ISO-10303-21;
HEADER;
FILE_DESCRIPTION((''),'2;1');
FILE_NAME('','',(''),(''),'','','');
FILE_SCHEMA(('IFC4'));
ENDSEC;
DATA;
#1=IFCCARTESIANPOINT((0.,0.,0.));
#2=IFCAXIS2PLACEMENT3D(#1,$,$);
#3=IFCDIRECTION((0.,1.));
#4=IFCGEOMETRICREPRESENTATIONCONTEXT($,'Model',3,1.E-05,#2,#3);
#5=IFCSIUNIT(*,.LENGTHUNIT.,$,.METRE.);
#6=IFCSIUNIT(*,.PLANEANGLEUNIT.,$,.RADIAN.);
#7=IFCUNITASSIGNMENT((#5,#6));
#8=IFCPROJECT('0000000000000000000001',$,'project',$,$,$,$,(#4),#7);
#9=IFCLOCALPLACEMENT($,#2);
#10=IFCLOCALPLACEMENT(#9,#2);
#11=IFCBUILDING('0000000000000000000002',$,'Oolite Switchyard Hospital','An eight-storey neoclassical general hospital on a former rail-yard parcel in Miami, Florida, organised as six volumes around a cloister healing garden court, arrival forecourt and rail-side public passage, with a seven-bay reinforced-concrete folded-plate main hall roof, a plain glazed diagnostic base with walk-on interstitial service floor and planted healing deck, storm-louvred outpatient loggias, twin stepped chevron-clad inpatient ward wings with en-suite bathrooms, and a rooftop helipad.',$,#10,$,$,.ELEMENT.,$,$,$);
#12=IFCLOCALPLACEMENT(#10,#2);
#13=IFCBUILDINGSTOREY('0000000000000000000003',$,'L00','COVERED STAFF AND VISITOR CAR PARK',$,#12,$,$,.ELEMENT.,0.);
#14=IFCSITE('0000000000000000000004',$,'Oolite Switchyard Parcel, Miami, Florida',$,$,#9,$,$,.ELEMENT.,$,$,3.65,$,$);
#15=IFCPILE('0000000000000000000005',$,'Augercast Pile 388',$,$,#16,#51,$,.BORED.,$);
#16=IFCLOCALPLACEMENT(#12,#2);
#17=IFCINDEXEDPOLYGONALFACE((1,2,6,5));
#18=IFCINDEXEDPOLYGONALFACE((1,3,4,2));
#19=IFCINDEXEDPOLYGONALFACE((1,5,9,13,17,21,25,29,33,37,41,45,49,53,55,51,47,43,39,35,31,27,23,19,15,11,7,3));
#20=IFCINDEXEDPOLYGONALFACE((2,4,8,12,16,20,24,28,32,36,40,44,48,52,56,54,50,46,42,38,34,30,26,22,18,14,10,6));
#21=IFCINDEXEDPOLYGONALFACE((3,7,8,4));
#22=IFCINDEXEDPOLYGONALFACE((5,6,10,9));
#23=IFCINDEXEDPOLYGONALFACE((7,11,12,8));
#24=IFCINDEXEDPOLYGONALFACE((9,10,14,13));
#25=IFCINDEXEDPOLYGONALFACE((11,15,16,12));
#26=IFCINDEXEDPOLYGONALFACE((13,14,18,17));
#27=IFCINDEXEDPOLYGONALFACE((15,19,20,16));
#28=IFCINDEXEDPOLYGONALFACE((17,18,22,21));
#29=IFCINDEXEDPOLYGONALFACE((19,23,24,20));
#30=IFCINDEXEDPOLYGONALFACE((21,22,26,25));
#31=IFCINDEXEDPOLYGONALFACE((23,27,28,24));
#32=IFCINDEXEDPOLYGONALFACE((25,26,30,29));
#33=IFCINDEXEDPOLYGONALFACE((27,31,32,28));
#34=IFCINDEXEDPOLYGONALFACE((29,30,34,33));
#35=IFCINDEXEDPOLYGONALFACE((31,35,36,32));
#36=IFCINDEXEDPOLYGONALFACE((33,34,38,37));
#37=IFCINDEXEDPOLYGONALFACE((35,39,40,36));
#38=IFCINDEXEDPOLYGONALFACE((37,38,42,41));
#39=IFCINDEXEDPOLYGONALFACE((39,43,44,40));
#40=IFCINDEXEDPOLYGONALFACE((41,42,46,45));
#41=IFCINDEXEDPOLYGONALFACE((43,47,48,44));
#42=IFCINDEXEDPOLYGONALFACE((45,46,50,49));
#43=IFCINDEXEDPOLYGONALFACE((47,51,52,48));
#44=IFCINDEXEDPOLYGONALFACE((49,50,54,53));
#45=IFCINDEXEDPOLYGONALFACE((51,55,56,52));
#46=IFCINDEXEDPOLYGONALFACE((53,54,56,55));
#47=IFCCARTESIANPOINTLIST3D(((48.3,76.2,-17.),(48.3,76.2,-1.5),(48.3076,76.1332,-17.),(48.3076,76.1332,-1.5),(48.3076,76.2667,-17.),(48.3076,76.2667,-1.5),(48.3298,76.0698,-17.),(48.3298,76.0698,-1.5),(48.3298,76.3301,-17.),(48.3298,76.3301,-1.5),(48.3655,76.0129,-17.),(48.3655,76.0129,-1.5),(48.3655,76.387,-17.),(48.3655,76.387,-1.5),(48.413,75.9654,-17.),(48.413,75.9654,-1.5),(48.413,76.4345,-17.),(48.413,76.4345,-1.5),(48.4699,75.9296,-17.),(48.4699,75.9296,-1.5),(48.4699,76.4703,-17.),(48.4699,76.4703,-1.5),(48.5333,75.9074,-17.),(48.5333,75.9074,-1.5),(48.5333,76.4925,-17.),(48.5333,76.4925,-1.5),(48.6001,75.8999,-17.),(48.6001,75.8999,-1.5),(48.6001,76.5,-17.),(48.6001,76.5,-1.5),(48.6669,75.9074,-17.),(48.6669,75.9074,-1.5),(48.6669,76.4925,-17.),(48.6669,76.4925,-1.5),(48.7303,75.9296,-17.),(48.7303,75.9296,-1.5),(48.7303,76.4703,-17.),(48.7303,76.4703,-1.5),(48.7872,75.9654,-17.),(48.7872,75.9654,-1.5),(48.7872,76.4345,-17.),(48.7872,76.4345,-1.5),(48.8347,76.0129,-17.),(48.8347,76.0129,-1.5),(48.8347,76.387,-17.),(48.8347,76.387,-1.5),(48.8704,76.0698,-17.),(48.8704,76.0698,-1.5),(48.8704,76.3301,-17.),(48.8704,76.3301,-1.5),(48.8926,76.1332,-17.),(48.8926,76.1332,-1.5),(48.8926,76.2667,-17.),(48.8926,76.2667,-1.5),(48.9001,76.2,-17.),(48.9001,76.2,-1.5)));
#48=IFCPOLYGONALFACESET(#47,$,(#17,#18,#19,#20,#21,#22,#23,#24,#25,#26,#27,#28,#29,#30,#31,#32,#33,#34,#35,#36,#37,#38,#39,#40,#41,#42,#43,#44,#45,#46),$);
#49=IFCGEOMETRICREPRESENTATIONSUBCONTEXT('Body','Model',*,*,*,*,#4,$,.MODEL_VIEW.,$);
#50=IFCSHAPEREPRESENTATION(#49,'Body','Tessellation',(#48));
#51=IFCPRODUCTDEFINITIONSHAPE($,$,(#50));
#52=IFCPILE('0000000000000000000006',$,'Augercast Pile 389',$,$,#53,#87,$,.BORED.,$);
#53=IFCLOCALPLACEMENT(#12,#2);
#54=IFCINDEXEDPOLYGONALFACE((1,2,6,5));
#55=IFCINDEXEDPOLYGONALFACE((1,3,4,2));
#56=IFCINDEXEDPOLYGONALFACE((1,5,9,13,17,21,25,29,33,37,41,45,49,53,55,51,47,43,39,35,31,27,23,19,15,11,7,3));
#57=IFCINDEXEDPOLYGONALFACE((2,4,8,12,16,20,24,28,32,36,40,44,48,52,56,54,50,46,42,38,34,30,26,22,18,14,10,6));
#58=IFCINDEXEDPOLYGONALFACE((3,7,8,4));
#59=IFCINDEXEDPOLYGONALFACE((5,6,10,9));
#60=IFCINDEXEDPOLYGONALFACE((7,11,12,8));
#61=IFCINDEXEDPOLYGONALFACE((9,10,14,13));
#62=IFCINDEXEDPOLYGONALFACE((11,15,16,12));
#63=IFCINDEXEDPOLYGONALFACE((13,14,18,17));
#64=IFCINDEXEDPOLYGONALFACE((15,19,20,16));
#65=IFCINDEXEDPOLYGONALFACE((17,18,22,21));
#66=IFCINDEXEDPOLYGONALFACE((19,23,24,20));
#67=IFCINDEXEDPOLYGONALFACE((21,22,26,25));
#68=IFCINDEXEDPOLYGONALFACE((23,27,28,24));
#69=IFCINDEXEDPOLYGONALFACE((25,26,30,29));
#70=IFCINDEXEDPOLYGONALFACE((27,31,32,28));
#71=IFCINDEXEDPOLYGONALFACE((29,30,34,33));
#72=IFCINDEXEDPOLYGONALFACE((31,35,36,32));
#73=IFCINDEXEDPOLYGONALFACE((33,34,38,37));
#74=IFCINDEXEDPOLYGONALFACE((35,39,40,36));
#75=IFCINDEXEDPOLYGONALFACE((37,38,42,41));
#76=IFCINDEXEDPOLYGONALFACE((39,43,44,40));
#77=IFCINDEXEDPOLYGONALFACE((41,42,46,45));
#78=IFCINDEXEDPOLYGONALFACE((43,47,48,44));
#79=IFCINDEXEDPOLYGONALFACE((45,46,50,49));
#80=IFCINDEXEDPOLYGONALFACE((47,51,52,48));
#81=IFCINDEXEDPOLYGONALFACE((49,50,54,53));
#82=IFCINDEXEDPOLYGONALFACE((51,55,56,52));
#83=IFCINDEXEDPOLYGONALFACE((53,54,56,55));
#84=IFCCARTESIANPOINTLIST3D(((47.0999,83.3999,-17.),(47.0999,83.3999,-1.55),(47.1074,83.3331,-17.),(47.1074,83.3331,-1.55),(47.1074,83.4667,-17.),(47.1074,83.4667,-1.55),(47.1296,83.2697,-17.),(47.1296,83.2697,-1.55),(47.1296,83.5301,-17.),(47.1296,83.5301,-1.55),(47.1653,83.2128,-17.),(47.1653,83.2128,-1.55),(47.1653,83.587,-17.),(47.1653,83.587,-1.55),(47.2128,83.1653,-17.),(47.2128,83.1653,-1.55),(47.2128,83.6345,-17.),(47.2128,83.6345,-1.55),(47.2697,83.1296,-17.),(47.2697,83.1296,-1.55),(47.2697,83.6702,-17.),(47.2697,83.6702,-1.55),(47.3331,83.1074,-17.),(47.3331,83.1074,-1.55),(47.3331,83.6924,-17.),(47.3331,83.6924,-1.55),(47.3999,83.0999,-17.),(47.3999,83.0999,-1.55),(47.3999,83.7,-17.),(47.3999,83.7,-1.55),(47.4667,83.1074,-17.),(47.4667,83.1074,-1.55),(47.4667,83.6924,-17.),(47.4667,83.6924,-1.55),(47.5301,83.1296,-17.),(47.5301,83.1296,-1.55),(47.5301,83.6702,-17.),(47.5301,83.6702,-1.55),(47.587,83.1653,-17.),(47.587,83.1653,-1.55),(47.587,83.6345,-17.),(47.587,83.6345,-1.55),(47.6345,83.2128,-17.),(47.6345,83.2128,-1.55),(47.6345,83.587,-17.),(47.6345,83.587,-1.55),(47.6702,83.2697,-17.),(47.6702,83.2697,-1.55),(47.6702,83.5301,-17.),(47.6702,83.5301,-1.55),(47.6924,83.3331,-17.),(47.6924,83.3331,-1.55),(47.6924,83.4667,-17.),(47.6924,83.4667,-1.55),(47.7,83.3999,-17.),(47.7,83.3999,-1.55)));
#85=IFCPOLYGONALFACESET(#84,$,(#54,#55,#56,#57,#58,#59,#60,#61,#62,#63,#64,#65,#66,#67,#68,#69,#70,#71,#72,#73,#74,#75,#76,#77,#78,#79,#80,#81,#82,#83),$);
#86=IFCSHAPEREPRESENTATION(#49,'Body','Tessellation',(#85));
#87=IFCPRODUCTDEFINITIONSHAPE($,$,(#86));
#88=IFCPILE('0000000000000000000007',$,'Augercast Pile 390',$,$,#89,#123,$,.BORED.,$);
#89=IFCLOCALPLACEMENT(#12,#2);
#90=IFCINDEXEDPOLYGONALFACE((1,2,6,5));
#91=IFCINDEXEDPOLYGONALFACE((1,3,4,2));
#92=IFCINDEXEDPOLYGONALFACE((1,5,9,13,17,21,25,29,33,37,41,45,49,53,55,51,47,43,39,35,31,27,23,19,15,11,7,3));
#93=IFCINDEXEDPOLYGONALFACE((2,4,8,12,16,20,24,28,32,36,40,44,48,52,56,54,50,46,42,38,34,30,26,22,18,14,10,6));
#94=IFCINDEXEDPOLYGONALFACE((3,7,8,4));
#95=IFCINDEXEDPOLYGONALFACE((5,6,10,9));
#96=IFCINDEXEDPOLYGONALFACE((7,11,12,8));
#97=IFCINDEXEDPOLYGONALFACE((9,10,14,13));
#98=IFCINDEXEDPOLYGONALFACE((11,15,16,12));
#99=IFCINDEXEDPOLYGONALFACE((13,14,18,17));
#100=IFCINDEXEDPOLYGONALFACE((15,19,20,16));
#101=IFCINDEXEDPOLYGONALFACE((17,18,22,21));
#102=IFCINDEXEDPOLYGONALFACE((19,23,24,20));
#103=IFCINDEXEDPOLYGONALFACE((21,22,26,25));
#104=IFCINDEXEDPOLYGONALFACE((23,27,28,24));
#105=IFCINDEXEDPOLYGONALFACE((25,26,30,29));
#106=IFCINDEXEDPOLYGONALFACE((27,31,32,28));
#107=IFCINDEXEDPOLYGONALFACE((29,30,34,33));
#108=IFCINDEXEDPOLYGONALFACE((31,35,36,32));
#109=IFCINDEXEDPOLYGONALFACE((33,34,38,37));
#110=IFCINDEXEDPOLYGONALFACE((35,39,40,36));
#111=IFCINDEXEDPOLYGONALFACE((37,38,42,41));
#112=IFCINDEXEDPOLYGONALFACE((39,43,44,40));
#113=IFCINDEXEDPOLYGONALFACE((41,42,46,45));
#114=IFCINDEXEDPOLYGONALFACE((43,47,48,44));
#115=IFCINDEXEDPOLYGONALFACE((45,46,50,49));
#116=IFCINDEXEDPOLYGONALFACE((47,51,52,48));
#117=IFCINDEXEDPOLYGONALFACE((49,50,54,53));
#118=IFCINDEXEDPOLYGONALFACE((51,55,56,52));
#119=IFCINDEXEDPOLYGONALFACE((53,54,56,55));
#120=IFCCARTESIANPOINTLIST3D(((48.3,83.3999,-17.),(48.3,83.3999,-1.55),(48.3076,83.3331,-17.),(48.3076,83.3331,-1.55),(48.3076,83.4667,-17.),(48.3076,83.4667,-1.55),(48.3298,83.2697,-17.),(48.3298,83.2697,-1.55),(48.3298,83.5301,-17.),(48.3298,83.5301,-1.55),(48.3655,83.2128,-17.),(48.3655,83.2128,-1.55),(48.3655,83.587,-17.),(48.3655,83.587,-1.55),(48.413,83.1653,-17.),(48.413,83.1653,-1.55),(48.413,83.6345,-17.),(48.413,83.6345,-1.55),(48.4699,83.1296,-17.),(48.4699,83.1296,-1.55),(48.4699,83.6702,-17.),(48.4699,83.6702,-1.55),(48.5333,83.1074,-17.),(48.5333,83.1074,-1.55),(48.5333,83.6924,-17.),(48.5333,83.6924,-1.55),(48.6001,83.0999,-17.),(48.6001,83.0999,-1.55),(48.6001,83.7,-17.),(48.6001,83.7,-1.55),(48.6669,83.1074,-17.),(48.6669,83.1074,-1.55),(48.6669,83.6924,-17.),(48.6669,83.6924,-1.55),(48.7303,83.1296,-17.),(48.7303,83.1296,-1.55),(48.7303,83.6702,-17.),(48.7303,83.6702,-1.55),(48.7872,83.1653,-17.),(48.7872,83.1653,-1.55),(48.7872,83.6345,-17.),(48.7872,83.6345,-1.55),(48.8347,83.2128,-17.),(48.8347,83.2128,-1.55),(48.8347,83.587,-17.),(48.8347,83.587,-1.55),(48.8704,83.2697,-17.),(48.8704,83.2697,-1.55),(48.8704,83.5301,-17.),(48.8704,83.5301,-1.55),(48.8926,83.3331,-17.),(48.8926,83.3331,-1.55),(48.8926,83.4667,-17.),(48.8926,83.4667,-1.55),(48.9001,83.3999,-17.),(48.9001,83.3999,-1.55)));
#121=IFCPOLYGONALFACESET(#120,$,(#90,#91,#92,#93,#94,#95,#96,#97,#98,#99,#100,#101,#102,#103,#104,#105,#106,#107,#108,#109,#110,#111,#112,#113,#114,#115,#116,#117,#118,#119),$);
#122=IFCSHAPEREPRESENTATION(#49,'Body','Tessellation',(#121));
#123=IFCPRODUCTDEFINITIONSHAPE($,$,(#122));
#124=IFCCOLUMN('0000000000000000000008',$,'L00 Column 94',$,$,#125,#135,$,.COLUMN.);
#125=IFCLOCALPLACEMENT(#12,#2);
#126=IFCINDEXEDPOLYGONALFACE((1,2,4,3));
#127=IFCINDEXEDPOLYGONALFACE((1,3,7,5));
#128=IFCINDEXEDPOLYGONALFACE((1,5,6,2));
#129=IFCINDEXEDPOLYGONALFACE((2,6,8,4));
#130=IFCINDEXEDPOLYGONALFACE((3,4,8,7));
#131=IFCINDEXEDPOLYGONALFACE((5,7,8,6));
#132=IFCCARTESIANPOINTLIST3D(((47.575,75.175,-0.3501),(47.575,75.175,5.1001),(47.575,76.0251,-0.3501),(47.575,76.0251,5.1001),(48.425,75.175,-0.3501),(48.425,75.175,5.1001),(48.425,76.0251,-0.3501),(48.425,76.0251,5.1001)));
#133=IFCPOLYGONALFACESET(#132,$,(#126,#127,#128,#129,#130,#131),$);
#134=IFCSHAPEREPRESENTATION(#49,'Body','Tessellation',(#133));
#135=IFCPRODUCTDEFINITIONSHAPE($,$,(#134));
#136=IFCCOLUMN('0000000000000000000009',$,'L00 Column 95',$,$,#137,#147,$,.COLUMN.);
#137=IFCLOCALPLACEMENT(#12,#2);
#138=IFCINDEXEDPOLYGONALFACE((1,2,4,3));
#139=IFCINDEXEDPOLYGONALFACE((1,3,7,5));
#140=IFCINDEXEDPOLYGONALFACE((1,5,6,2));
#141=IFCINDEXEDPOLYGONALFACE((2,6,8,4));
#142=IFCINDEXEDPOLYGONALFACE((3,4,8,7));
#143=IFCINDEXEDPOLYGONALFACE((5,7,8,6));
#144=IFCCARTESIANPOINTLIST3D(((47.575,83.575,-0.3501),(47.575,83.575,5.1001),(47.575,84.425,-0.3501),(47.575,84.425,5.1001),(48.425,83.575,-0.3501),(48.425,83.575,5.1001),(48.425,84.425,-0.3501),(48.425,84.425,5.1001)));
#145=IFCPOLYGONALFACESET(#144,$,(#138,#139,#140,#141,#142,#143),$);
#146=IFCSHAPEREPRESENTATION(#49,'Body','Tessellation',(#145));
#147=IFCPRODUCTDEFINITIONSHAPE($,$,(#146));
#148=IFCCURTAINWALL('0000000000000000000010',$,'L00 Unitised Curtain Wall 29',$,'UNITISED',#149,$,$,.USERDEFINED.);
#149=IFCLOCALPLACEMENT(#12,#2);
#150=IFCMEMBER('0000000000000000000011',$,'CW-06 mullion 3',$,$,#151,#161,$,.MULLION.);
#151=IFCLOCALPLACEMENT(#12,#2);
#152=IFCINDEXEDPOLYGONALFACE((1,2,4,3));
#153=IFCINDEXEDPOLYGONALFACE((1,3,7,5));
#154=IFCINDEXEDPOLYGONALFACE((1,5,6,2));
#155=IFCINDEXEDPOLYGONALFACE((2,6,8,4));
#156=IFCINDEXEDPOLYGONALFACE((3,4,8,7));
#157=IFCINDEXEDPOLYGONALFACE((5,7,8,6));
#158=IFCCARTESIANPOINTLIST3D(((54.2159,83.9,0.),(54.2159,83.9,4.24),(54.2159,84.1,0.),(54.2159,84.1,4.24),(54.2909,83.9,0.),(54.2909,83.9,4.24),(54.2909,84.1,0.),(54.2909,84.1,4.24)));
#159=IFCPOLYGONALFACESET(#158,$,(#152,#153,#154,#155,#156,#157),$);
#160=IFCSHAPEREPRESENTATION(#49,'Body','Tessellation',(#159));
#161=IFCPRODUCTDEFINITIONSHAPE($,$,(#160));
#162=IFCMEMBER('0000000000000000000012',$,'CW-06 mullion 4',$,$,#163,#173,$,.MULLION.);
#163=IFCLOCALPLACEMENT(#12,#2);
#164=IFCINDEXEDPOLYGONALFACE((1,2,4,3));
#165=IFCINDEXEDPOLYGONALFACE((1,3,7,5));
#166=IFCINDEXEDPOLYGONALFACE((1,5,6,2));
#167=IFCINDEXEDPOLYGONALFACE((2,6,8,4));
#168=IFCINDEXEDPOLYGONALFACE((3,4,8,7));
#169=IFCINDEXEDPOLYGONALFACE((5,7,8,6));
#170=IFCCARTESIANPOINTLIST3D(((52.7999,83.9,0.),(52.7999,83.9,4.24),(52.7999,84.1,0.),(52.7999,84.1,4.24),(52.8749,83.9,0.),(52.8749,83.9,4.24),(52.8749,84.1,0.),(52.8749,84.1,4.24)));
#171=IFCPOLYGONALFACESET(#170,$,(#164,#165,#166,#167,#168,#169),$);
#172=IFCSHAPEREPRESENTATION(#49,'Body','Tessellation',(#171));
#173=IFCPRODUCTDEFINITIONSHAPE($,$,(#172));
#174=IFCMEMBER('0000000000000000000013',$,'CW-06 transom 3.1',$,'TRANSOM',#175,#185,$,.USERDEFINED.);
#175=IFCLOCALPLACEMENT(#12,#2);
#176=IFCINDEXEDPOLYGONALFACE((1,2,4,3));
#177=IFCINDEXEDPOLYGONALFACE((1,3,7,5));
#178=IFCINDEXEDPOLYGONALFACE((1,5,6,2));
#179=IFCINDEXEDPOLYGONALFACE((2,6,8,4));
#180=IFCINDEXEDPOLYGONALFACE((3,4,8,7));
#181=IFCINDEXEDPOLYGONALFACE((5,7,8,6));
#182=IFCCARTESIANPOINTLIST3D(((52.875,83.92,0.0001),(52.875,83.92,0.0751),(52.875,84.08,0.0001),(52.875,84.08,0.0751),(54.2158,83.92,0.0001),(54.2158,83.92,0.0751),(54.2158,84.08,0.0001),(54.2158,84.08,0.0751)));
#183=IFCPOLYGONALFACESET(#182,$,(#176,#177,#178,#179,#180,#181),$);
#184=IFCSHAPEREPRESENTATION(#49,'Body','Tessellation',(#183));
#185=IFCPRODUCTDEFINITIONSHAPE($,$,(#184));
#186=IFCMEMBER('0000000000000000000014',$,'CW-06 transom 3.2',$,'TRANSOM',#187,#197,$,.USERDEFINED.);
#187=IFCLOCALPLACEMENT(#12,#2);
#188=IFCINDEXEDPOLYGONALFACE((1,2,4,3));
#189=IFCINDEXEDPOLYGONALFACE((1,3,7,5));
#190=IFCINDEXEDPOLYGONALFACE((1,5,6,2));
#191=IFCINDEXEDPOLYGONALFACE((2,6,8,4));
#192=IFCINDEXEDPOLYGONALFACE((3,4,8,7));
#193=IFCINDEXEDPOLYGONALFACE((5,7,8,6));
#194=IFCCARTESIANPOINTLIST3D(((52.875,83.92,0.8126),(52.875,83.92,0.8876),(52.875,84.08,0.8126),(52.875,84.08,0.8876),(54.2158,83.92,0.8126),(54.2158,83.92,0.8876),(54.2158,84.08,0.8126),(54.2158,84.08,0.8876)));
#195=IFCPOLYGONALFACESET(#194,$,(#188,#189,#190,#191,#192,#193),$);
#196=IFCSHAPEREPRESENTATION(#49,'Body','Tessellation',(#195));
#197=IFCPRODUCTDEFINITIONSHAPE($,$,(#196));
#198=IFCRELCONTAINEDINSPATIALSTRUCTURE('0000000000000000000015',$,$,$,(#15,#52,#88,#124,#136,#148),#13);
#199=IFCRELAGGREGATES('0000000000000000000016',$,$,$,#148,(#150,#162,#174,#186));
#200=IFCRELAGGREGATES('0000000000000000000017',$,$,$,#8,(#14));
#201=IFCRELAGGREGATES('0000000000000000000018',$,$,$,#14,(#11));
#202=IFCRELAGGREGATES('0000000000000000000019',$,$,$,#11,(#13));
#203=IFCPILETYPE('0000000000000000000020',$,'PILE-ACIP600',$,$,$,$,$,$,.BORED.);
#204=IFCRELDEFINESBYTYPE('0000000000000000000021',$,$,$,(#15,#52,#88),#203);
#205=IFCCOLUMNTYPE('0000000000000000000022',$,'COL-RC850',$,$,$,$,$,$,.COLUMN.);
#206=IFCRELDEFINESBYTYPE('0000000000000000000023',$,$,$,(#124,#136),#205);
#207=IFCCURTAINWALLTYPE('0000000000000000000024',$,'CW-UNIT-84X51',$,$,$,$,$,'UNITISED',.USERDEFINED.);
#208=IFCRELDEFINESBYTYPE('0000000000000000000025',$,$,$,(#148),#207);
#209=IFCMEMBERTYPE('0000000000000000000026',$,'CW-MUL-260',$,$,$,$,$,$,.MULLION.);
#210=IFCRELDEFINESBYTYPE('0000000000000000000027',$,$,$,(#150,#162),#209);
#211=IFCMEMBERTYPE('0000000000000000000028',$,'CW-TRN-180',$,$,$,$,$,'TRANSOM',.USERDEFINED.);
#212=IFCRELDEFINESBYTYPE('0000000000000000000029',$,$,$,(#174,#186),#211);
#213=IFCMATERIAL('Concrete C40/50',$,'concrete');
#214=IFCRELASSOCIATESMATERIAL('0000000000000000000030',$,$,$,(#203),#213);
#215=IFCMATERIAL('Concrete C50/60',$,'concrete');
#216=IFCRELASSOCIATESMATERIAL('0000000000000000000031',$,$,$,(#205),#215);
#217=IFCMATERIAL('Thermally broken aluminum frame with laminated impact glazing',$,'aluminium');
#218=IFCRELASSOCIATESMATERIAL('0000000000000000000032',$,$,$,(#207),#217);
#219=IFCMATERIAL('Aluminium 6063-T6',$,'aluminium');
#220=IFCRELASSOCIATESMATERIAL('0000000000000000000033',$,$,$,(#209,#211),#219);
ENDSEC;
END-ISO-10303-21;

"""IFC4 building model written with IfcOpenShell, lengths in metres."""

from ifc_helpers import new_model, si_unit, direction, frame, origin, origin_2d, place, context, subcontext, project, spatial, rectangle, circle, extrude, material, material_profile, profile_set, type_object, element, aggregate, save


model = new_model("IFC4")

# Units and contexts
model_context = context("Model", 3, precision=1e-05, world=origin(), true_north=direction((0.0, 1.0)))
body_context = subcontext(model_context, "Body", "Model", "MODEL_VIEW")
ifc_project = project(units=[si_unit("LENGTHUNIT", "METRE"), si_unit("PLANEANGLEUNIT", "RADIAN")], contexts=[model_context])

# Site, building, storey
site_placement = place(None, origin())
site = spatial("IfcSite", under=ifc_project, at=site_placement, Name="Oolite Switchyard Parcel, Miami, Florida", CompositionType="ELEMENT", RefElevation=3.65)
building_placement = place(site_placement, origin())
building = spatial("IfcBuilding", under=site, at=building_placement, Name="Oolite Switchyard Hospital", Description="An eight-storey neoclassical general hospital on a former rail-yard parcel in Miami, Florida, organised as six volumes around a cloister healing garden court, arrival forecourt and rail-side public passage, with a seven-bay reinforced-concrete folded-plate main hall roof, a plain glazed diagnostic base with walk-on interstitial service floor and planted healing deck, storm-louvred outpatient loggias, twin stepped chevron-clad inpatient ward wings with en-suite bathrooms, and a rooftop helipad.", CompositionType="ELEMENT")
storey_placement = place(building_placement, origin())
storey = spatial("IfcBuildingStorey", under=building, at=storey_placement, Name="L00", Description="COVERED STAFF AND VISITOR CAR PARK", CompositionType="ELEMENT", Elevation=0.0)

# Shared definitions
ifc_material_1 = material(Name="Concrete C40/50", Category="concrete")

# Piles
ifc_material_profile_1 = material_profile(ifc_material_1, circle(Radius=0.3, at=origin_2d()), Name="PILE600")
ifc_profile_set_1 = profile_set([ifc_material_profile_1], Name="Concrete C40/50")
pile_type = type_object("IfcPileType", Name="PILE-ACIP600", PredefinedType="BORED", material=ifc_profile_set_1)
for number, where, z_axis, x_axis, name in (
    (1, (48.6001, 76.2, -1.5), (0.0, 0.0, -1.0), (1.0, 0.0, 0.0), "Augercast Pile 388"),
):
    element("IfcPile", number, at=place(storey_placement, frame(where, z_axis=z_axis, x_axis=x_axis)), inside=storey, type_object=pile_type, Name=name, PredefinedType="BORED", context=body_context, shape_type="SweptSolid", body=[
        extrude(circle(Radius=0.3, at=origin_2d()), origin(), (0.0, 0.0, 1.0), 15.5),
    ])
for number, where, z_axis, x_axis, name in (
    (2, (47.3999, 83.3999, -1.55), (0.0, 0.0, -1.0), (1.0, 0.0, 0.0), "Augercast Pile 389"),
    (3, (48.6001, 83.3999, -1.55), (0.0, 0.0, -1.0), (1.0, 0.0, 0.0), "Augercast Pile 390"),
):
    element("IfcPile", number, at=place(storey_placement, frame(where, z_axis=z_axis, x_axis=x_axis)), inside=storey, type_object=pile_type, Name=name, PredefinedType="BORED", context=body_context, shape_type="SweptSolid", body=[
        extrude(circle(Radius=0.3, at=origin_2d()), origin(), (0.0, 0.0, 1.0), 15.45),
    ])

# Columns
ifc_material_2 = material(Name="Concrete C50/60", Category="concrete")
ifc_material_profile_2 = material_profile(ifc_material_2, rectangle(XDim=0.8501, YDim=0.8501, at=origin_2d()), Name="RC850X850")
ifc_profile_set_2 = profile_set([ifc_material_profile_2], Name="Concrete C50/60")
column_type = type_object("IfcColumnType", Name="COL-RC850", PredefinedType="COLUMN", material=ifc_profile_set_2)
for number, where, z_axis, x_axis, name in (
    (4, (48.0, 75.6001, -0.3501), (0.0, 0.0, 1.0), (1.0, 0.0, 0.0), "L00 Column 94"),
    (5, (48.0, 84.0, -0.3501), (0.0, 0.0, 1.0), (1.0, 0.0, 0.0), "L00 Column 95"),
):
    element("IfcColumn", number, at=place(storey_placement, frame(where, z_axis=z_axis, x_axis=x_axis)), inside=storey, type_object=column_type, Name=name, PredefinedType="COLUMN", context=body_context, shape_type="SweptSolid", body=[
        extrude(rectangle(XDim=0.8501, YDim=0.8501, at=origin_2d()), origin(), (0.0, 0.0, 1.0), 5.4502),
    ])

# Curtain wall, members
ifc_material_3 = material(Name="Thermally broken aluminum frame with laminated impact glazing", Category="aluminium")
curtain_wall_type = type_object("IfcCurtainWallType", Name="CW-UNIT-84X51", ElementType="UNITISED", PredefinedType="USERDEFINED", material=ifc_material_3)
curtain_wall_placement = place(storey_placement, origin())
curtain_wall = element("IfcCurtainWall", 6, at=curtain_wall_placement, inside=storey, type_object=curtain_wall_type, Name="L00 Unitised Curtain Wall 29", ObjectType="UNITISED", PredefinedType="USERDEFINED")
ifc_material_4 = material(Name="Aluminium 6063-T6", Category="aluminium")
ifc_material_profile_3 = material_profile(ifc_material_4, rectangle(XDim=0.2, YDim=0.075, at=origin_2d()), Name="CWM75X200")
ifc_profile_set_3 = profile_set([ifc_material_profile_3], Name="Aluminium 6063-T6")
member_type_1 = type_object("IfcMemberType", Name="CW-MUL-260", PredefinedType="MULLION", material=ifc_profile_set_3)
member_1_placement = place(storey_placement, frame((54.2534, 84.0, 0.0), z_axis=(0.0, 0.0, 1.0), x_axis=(0.0, -1.0, 0.0)))
member_1 = element("IfcMember", 7, at=member_1_placement, type_object=member_type_1, Name="CW-06 mullion 3", PredefinedType="MULLION", context=body_context, shape_type="SweptSolid", body=[
    extrude(rectangle(XDim=0.2, YDim=0.075, at=origin_2d()), origin(), (0.0, 0.0, 1.0), 4.24),
])
member_2_placement = place(storey_placement, frame((52.8374, 84.0, 0.0), z_axis=(0.0, 0.0, 1.0), x_axis=(0.0, -1.0, 0.0)))
member_2 = element("IfcMember", 8, at=member_2_placement, type_object=member_type_1, Name="CW-06 mullion 4", PredefinedType="MULLION", context=body_context, shape_type="SweptSolid", body=[
    extrude(rectangle(XDim=0.2, YDim=0.075, at=origin_2d()), origin(), (0.0, 0.0, 1.0), 4.24),
])
ifc_material_profile_4 = material_profile(ifc_material_4, rectangle(XDim=0.1599, YDim=0.075, at=origin_2d()), Name="CWT75X160")
ifc_profile_set_4 = profile_set([ifc_material_profile_4], Name="Aluminium 6063-T6")
member_type_2 = type_object("IfcMemberType", Name="CW-TRN-180", ElementType="TRANSOM", PredefinedType="USERDEFINED", material=ifc_profile_set_4)
member_3_placement = place(storey_placement, frame((54.2158, 84.0, 0.0376), z_axis=(-1.0, 0.0, 0.0), x_axis=(0.0, -1.0, 0.0)))
member_3 = element("IfcMember", 9, at=member_3_placement, type_object=member_type_2, Name="CW-06 transom 3.1", ObjectType="TRANSOM", PredefinedType="USERDEFINED", context=body_context, shape_type="SweptSolid", body=[
    extrude(rectangle(XDim=0.1599, YDim=0.075, at=origin_2d()), origin(), (0.0, 0.0, 1.0), 1.3408),
])
member_4_placement = place(storey_placement, frame((54.2158, 84.0, 0.8501), z_axis=(-1.0, 0.0, 0.0), x_axis=(0.0, -1.0, 0.0)))
member_4 = element("IfcMember", 10, at=member_4_placement, type_object=member_type_2, Name="CW-06 transom 3.2", ObjectType="TRANSOM", PredefinedType="USERDEFINED", context=body_context, shape_type="SweptSolid", body=[
    extrude(rectangle(XDim=0.1599, YDim=0.075, at=origin_2d()), origin(), (0.0, 0.0, 1.0), 1.3408),
])
aggregate(curtain_wall, [member_1, member_2, member_3, member_4])

save(model, "model.ifc")
